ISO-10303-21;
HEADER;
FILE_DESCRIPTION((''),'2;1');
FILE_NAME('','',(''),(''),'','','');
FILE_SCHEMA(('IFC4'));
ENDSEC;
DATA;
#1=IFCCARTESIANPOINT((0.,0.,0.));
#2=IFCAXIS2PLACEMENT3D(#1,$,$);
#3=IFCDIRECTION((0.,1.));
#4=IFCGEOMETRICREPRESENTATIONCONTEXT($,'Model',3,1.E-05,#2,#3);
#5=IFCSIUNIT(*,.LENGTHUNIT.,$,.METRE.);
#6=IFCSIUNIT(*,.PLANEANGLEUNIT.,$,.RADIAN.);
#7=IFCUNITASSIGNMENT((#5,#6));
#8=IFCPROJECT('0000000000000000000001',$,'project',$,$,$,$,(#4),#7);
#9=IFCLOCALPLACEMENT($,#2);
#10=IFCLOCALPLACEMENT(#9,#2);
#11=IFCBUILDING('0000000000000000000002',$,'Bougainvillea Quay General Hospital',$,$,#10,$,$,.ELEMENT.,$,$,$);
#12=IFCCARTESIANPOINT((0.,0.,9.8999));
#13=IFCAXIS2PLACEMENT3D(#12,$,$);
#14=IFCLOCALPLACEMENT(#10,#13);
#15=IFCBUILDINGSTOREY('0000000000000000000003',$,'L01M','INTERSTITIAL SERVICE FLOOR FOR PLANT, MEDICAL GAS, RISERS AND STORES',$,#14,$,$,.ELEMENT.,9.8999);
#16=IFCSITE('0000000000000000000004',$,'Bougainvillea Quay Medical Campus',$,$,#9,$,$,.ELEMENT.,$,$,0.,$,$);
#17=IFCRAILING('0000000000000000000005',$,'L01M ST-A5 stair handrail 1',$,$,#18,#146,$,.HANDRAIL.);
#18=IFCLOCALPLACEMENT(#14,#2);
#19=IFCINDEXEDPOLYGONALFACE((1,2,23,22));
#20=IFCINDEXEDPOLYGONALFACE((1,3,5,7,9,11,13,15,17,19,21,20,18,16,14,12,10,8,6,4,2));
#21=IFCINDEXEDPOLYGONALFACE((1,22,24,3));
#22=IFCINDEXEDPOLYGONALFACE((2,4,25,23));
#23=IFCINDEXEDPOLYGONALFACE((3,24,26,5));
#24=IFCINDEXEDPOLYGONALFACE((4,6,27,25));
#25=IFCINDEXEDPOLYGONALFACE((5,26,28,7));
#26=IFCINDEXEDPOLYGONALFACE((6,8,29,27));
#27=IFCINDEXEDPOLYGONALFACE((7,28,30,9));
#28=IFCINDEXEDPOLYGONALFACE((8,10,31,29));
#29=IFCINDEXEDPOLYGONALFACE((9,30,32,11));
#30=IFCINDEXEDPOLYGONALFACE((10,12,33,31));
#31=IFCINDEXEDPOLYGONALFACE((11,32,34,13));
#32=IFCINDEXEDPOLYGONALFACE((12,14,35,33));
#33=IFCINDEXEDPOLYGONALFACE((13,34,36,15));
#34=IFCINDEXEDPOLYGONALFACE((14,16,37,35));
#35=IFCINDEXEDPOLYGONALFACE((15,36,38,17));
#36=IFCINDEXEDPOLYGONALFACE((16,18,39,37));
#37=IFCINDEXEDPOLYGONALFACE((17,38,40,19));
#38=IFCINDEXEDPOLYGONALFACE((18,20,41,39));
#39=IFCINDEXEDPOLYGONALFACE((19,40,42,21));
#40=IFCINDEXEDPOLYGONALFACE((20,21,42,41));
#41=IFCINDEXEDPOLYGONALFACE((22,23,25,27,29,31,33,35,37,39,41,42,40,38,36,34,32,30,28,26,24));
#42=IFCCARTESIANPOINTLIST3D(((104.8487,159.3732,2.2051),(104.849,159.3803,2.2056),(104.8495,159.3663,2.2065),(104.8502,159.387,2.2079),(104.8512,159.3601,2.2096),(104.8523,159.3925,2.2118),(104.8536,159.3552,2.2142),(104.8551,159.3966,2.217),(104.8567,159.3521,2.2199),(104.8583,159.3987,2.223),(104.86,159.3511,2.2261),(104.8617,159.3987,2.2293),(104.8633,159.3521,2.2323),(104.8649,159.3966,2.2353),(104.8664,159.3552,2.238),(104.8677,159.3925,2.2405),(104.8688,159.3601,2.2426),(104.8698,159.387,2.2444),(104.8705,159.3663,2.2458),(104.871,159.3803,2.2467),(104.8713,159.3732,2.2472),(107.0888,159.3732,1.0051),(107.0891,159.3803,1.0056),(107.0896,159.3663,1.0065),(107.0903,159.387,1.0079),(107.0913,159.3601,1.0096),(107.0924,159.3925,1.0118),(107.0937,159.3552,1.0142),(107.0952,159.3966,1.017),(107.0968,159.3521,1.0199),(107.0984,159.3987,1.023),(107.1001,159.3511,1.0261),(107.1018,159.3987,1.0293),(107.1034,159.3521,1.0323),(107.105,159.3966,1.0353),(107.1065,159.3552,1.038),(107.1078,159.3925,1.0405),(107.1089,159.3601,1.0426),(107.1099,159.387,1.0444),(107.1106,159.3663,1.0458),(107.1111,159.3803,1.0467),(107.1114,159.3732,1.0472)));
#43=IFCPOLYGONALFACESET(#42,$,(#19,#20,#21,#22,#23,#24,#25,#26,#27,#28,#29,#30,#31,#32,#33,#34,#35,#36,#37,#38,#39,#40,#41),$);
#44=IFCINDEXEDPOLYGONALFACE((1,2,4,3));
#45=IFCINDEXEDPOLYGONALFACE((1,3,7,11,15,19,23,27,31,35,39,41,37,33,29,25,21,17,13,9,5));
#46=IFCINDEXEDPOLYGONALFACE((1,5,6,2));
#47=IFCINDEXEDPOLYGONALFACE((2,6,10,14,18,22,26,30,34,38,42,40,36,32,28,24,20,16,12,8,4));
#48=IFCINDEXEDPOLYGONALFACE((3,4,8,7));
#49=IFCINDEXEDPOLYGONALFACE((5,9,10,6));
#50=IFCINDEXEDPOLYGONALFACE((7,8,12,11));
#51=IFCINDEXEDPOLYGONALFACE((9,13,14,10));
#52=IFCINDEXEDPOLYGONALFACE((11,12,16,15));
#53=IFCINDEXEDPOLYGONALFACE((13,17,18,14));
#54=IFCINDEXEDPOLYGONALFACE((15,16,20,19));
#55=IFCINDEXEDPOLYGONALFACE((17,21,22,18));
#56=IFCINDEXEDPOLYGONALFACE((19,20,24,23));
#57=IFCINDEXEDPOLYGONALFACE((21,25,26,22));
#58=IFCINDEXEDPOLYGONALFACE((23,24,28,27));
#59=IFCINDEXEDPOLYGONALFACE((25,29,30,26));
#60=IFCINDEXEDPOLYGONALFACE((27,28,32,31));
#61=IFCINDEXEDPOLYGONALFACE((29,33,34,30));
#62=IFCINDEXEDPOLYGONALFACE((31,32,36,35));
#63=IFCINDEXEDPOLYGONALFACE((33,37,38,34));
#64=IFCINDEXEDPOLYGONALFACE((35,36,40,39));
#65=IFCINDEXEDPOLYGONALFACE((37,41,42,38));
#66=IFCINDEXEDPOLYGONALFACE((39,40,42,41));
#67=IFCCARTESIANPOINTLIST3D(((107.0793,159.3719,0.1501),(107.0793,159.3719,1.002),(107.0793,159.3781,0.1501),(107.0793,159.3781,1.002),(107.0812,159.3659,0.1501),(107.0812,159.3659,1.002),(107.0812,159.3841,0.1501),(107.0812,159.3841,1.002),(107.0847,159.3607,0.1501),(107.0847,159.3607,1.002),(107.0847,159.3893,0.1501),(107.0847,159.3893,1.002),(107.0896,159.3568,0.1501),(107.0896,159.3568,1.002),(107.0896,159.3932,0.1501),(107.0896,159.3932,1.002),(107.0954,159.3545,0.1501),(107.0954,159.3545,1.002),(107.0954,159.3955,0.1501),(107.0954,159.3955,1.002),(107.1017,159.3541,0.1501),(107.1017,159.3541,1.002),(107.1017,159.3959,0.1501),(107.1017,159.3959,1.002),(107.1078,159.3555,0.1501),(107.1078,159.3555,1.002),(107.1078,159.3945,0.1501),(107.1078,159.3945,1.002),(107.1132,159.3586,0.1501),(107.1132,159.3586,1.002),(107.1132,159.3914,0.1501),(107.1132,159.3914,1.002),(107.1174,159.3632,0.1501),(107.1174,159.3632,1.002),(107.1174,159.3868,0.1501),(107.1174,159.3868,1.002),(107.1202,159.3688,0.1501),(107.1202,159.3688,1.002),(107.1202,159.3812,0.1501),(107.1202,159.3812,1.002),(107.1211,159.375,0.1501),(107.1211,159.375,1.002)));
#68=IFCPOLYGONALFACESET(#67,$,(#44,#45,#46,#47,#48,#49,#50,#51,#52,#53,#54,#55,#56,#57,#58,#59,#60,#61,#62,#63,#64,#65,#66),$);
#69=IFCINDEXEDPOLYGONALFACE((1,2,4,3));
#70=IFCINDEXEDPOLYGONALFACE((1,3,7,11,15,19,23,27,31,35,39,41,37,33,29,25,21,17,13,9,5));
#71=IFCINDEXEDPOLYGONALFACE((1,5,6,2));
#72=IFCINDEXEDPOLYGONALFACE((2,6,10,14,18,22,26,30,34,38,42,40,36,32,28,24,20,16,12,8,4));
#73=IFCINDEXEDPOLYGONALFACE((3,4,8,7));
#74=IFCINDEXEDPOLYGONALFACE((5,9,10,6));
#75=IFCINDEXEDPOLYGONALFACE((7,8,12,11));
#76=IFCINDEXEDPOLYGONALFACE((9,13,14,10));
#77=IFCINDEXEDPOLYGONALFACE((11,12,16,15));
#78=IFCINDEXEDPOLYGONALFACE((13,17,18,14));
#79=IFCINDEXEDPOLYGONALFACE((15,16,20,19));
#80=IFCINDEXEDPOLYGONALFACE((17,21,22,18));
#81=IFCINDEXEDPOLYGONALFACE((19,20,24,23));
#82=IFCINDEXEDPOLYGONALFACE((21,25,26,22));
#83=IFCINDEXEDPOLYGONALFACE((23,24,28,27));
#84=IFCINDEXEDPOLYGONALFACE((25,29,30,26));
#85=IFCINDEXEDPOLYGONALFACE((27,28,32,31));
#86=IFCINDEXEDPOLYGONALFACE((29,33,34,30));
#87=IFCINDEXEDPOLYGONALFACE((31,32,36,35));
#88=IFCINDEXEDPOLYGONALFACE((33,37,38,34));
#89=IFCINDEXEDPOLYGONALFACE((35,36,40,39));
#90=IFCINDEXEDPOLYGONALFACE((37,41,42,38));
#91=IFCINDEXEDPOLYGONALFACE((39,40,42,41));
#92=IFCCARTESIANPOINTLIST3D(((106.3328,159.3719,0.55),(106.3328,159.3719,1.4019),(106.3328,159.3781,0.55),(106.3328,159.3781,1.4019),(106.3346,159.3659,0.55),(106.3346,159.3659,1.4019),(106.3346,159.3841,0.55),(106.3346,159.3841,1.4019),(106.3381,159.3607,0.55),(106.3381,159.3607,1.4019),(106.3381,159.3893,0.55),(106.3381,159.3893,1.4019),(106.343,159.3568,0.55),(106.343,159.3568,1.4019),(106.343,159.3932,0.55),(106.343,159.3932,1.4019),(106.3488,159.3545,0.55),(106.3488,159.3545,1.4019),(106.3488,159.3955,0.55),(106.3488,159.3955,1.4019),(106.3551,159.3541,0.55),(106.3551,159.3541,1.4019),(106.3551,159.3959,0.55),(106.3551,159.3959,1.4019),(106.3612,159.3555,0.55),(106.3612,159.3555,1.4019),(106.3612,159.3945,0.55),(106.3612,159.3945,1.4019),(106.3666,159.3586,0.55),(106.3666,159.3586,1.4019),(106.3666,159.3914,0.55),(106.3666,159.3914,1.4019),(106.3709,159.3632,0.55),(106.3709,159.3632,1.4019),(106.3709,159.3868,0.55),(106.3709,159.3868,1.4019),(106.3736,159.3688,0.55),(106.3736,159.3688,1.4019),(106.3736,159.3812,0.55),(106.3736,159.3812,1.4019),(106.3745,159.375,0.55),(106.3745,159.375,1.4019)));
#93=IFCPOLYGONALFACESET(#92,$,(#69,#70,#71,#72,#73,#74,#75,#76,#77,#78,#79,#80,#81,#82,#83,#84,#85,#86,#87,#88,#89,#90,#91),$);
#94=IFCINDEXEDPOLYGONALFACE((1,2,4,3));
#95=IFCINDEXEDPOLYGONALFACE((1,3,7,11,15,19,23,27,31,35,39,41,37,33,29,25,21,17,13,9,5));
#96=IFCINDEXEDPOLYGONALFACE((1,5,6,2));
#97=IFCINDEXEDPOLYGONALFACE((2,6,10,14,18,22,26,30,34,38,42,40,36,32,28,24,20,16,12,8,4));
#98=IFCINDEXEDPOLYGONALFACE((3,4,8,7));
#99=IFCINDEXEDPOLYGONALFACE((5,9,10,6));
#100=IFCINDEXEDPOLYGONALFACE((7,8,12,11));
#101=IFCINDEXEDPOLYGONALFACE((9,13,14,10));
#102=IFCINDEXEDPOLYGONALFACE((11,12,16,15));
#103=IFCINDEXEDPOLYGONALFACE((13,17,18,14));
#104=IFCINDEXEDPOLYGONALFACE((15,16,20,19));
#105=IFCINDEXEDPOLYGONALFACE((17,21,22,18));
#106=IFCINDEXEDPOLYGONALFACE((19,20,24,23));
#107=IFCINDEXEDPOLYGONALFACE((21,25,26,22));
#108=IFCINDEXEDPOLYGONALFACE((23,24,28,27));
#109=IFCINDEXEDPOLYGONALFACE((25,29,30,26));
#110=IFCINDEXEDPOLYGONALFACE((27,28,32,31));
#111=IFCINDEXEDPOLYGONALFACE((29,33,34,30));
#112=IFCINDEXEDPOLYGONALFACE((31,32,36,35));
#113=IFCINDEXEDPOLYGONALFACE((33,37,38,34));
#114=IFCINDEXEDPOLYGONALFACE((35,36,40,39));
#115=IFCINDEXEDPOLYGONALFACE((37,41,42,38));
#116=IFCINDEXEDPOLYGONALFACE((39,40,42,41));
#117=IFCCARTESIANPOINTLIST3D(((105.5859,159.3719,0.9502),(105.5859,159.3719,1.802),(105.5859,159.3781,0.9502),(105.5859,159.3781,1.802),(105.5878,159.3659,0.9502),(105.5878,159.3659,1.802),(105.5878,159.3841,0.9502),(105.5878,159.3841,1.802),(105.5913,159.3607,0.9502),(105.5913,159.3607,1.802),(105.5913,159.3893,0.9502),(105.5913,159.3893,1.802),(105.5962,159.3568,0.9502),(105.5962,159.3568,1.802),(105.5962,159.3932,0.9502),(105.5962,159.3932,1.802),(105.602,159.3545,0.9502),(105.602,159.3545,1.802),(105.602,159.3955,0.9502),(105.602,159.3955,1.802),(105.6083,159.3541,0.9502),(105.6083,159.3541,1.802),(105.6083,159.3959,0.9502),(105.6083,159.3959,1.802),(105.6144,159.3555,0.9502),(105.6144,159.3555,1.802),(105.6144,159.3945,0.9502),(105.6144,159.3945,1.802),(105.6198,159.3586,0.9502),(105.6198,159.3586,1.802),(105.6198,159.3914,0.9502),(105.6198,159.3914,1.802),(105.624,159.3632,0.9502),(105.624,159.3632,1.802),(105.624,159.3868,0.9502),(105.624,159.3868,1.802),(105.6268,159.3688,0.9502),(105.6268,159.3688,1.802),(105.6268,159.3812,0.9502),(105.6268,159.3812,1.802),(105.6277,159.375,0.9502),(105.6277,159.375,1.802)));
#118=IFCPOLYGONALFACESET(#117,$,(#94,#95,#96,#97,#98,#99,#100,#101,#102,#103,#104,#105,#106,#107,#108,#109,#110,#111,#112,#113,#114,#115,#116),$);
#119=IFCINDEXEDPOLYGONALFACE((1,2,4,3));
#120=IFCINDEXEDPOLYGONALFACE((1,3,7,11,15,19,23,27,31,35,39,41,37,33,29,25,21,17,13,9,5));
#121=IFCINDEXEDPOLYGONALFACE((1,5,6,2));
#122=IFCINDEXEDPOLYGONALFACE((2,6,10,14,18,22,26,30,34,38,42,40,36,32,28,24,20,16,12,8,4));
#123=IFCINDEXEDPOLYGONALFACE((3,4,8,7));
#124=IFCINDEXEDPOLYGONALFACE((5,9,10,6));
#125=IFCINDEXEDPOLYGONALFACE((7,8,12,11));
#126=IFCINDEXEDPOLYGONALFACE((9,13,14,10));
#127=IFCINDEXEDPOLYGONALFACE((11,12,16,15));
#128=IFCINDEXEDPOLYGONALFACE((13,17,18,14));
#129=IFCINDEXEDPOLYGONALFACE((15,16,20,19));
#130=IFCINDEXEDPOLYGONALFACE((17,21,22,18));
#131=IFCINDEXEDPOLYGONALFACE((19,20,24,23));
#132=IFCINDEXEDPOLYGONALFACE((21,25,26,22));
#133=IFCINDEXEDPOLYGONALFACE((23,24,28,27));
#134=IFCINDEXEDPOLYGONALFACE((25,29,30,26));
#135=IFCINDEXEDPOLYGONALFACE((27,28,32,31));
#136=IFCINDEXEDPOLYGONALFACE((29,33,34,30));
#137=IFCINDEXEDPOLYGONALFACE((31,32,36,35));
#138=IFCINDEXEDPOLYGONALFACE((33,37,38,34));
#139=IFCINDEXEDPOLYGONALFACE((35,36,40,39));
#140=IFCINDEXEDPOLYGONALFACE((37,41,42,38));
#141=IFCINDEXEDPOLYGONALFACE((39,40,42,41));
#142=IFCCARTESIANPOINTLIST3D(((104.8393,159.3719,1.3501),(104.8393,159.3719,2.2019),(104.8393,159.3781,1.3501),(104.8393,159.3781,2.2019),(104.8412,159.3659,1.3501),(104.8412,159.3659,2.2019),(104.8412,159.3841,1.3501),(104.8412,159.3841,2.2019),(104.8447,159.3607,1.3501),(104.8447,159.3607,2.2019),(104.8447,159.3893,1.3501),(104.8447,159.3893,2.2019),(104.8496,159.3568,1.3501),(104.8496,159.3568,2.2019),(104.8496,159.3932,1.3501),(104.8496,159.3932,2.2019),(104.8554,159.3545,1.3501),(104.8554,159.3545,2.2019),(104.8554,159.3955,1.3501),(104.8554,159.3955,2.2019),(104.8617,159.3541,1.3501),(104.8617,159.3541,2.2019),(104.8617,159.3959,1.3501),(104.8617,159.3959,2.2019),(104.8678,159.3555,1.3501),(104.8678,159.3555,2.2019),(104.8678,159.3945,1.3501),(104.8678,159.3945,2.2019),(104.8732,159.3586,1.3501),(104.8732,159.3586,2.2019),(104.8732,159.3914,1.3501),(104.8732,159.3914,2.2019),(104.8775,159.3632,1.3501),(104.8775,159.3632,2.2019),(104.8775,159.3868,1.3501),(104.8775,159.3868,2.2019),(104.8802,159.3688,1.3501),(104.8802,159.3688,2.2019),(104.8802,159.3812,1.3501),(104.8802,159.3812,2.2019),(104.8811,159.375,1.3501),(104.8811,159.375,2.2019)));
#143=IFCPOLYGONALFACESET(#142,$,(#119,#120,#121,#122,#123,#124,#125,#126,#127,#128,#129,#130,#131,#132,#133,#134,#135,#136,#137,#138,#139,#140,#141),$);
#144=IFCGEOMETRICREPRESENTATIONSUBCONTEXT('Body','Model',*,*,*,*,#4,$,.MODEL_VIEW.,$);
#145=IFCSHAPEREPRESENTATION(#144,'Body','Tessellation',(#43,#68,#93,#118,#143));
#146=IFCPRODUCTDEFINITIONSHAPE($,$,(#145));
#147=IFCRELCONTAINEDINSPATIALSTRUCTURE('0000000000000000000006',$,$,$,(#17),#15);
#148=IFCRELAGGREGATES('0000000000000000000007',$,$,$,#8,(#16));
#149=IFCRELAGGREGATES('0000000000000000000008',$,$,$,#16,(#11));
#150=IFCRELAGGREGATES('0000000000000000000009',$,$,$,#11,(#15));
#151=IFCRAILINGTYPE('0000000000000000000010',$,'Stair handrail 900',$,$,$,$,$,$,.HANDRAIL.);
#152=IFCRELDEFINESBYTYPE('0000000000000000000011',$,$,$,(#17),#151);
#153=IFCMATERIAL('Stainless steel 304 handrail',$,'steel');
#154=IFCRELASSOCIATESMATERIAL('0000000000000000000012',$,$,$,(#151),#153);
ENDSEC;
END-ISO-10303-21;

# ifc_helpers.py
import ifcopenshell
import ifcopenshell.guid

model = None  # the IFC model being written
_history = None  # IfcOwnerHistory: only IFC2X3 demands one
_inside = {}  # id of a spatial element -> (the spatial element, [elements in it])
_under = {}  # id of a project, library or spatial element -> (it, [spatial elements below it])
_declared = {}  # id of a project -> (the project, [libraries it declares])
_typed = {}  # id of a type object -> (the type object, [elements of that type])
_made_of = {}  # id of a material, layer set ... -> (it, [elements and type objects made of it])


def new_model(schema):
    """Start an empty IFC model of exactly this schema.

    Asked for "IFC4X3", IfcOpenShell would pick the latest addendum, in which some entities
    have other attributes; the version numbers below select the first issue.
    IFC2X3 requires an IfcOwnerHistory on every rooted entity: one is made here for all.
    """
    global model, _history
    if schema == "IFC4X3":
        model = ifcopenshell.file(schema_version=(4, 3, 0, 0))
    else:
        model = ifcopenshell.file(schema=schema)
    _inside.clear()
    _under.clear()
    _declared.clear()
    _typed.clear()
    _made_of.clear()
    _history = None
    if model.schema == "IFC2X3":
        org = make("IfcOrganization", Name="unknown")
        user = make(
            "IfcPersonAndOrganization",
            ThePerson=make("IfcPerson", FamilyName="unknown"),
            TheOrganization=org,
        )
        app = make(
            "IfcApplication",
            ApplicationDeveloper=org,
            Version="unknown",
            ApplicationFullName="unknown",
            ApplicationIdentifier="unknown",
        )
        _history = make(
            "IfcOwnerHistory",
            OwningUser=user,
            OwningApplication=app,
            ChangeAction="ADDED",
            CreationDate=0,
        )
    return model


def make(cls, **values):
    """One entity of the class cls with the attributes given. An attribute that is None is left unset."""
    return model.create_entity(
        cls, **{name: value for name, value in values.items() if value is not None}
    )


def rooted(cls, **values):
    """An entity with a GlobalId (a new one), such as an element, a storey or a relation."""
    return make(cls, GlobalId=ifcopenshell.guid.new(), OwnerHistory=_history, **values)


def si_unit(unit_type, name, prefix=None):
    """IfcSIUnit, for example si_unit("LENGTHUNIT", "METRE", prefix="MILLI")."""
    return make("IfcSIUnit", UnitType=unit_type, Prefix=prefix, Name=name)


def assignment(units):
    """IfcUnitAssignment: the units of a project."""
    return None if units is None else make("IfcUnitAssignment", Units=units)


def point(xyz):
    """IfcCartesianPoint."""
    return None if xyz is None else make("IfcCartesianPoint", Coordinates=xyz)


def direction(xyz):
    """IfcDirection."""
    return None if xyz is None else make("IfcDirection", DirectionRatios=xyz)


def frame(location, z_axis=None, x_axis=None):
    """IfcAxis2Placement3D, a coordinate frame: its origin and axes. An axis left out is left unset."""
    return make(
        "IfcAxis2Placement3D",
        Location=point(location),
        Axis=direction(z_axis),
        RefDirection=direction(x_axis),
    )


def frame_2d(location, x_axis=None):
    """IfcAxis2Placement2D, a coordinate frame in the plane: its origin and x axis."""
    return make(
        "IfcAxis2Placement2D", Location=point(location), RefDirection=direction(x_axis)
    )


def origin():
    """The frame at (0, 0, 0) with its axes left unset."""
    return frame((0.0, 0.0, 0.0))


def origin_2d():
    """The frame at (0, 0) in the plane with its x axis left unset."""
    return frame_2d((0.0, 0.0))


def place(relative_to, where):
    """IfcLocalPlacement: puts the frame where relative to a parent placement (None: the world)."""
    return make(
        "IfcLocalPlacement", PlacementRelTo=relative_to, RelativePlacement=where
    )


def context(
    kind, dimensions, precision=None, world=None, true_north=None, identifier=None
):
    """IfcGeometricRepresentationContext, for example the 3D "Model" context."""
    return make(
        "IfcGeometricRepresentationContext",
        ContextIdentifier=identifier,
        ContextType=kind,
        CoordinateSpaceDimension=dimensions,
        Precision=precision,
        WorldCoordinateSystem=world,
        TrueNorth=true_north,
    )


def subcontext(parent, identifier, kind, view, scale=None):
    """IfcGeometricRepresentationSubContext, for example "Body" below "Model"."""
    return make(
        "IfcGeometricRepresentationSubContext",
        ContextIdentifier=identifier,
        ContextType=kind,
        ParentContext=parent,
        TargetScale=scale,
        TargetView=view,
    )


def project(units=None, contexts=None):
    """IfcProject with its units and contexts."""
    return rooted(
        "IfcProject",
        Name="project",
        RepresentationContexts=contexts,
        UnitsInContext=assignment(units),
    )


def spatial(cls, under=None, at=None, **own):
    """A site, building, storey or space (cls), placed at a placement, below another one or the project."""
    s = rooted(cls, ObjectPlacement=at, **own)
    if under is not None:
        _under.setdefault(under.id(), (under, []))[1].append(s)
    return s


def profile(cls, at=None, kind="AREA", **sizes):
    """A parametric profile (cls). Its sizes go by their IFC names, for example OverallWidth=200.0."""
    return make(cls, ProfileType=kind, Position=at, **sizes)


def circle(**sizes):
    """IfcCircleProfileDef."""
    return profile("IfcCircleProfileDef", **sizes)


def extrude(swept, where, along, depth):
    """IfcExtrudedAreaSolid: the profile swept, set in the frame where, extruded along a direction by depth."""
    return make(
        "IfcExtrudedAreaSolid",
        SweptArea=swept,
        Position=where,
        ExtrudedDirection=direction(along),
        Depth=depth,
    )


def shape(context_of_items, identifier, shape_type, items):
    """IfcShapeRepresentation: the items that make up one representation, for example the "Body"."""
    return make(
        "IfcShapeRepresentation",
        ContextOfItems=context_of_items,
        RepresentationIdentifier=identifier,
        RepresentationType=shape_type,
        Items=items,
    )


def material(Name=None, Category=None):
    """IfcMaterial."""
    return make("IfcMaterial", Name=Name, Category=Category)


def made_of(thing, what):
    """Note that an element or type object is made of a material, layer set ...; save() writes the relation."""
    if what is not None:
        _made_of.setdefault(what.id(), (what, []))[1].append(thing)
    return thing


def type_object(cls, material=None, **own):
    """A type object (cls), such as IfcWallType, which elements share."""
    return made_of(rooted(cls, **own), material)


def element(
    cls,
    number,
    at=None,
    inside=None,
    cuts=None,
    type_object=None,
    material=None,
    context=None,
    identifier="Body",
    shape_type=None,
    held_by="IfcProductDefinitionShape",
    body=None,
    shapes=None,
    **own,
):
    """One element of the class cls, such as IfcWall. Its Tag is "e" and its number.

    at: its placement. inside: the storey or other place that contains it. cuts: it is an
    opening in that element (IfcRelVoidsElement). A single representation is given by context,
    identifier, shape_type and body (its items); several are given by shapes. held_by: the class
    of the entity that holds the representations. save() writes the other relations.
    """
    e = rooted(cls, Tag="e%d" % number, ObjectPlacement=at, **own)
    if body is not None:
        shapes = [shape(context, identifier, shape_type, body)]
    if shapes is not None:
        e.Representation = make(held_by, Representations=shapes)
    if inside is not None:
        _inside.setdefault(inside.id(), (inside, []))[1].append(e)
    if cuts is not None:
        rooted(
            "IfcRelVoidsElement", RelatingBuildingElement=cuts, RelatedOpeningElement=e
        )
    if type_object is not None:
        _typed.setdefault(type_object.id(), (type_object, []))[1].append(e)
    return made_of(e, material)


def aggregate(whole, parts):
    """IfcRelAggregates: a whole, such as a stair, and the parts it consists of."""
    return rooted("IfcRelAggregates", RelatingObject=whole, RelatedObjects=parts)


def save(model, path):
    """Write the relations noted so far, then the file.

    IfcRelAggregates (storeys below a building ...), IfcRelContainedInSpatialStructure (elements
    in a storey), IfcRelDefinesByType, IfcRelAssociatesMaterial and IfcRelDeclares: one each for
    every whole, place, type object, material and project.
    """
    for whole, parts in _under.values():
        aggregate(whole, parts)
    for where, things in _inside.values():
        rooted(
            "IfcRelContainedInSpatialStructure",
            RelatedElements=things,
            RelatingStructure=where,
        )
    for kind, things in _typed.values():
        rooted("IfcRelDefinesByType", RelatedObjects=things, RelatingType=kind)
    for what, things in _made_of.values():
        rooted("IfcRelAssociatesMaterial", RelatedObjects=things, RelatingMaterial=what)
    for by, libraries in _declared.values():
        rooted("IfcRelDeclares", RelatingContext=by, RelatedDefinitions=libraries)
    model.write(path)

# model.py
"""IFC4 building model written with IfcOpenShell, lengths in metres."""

from ifc_helpers import new_model, si_unit, direction, frame, origin, origin_2d, place, context, subcontext, project, spatial, circle, extrude, material, type_object, element, save


model = new_model("IFC4")

# Units and contexts
model_context = context("Model", 3, precision=1e-05, world=origin(), true_north=direction((0.0, 1.0)))
body_context = subcontext(model_context, "Body", "Model", "MODEL_VIEW")
ifc_project = project(units=[si_unit("LENGTHUNIT", "METRE"), si_unit("PLANEANGLEUNIT", "RADIAN")], contexts=[model_context])

# Site, building, storey
site_placement = place(None, origin())
site = spatial("IfcSite", under=ifc_project, at=site_placement, Name="Bougainvillea Quay Medical Campus", CompositionType="ELEMENT", RefElevation=0.0)
building_placement = place(site_placement, origin())
building = spatial("IfcBuilding", under=site, at=building_placement, Name="Bougainvillea Quay General Hospital", CompositionType="ELEMENT")
storey_placement = place(building_placement, frame((0.0, 0.0, 9.8999)))
storey = spatial("IfcBuildingStorey", under=building, at=storey_placement, Name="L01M", Description="INTERSTITIAL SERVICE FLOOR FOR PLANT, MEDICAL GAS, RISERS AND STORES", CompositionType="ELEMENT", Elevation=9.8999)

# Railing
ifc_material_1 = material(Name="Stainless steel 304 handrail", Category="steel")
railing_type_1 = type_object("IfcRailingType", Name="Stair handrail 900", PredefinedType="HANDRAIL", material=ifc_material_1)
railing_1_placement = place(storey_placement, frame((107.1001, 159.375, 0.1501)))
element("IfcRailing", 1, at=railing_1_placement, inside=storey, type_object=railing_type_1, Name="L01M ST-A5 stair handrail 1", PredefinedType="HANDRAIL", context=body_context, shape_type="SweptSolid", body=[
    extrude(circle(Radius=0.0239, at=origin_2d()), frame((0.0, 0.0, 0.876), z_axis=(-0.881487, 0.0, 0.472208), x_axis=(0.0, -1.0, 0.0)), (0.0, 0.0, 1.0), 2.5413),
    extrude(circle(Radius=0.021, at=origin_2d()), origin(), (0.0, 0.0, 1.0), 0.8518),
    extrude(circle(Radius=0.021, at=origin_2d()), frame((-0.7466, 0.0, 0.3999)), (0.0, 0.0, 1.0), 0.8518),
    extrude(circle(Radius=0.021, at=origin_2d()), frame((-1.4934, 0.0, 0.8)), (0.0, 0.0, 1.0), 0.8518),
    extrude(circle(Radius=0.021, at=origin_2d()), frame((-2.24, 0.0, 1.2)), (0.0, 0.0, 1.0), 0.8518),
])

save(model, "model.ifc")
